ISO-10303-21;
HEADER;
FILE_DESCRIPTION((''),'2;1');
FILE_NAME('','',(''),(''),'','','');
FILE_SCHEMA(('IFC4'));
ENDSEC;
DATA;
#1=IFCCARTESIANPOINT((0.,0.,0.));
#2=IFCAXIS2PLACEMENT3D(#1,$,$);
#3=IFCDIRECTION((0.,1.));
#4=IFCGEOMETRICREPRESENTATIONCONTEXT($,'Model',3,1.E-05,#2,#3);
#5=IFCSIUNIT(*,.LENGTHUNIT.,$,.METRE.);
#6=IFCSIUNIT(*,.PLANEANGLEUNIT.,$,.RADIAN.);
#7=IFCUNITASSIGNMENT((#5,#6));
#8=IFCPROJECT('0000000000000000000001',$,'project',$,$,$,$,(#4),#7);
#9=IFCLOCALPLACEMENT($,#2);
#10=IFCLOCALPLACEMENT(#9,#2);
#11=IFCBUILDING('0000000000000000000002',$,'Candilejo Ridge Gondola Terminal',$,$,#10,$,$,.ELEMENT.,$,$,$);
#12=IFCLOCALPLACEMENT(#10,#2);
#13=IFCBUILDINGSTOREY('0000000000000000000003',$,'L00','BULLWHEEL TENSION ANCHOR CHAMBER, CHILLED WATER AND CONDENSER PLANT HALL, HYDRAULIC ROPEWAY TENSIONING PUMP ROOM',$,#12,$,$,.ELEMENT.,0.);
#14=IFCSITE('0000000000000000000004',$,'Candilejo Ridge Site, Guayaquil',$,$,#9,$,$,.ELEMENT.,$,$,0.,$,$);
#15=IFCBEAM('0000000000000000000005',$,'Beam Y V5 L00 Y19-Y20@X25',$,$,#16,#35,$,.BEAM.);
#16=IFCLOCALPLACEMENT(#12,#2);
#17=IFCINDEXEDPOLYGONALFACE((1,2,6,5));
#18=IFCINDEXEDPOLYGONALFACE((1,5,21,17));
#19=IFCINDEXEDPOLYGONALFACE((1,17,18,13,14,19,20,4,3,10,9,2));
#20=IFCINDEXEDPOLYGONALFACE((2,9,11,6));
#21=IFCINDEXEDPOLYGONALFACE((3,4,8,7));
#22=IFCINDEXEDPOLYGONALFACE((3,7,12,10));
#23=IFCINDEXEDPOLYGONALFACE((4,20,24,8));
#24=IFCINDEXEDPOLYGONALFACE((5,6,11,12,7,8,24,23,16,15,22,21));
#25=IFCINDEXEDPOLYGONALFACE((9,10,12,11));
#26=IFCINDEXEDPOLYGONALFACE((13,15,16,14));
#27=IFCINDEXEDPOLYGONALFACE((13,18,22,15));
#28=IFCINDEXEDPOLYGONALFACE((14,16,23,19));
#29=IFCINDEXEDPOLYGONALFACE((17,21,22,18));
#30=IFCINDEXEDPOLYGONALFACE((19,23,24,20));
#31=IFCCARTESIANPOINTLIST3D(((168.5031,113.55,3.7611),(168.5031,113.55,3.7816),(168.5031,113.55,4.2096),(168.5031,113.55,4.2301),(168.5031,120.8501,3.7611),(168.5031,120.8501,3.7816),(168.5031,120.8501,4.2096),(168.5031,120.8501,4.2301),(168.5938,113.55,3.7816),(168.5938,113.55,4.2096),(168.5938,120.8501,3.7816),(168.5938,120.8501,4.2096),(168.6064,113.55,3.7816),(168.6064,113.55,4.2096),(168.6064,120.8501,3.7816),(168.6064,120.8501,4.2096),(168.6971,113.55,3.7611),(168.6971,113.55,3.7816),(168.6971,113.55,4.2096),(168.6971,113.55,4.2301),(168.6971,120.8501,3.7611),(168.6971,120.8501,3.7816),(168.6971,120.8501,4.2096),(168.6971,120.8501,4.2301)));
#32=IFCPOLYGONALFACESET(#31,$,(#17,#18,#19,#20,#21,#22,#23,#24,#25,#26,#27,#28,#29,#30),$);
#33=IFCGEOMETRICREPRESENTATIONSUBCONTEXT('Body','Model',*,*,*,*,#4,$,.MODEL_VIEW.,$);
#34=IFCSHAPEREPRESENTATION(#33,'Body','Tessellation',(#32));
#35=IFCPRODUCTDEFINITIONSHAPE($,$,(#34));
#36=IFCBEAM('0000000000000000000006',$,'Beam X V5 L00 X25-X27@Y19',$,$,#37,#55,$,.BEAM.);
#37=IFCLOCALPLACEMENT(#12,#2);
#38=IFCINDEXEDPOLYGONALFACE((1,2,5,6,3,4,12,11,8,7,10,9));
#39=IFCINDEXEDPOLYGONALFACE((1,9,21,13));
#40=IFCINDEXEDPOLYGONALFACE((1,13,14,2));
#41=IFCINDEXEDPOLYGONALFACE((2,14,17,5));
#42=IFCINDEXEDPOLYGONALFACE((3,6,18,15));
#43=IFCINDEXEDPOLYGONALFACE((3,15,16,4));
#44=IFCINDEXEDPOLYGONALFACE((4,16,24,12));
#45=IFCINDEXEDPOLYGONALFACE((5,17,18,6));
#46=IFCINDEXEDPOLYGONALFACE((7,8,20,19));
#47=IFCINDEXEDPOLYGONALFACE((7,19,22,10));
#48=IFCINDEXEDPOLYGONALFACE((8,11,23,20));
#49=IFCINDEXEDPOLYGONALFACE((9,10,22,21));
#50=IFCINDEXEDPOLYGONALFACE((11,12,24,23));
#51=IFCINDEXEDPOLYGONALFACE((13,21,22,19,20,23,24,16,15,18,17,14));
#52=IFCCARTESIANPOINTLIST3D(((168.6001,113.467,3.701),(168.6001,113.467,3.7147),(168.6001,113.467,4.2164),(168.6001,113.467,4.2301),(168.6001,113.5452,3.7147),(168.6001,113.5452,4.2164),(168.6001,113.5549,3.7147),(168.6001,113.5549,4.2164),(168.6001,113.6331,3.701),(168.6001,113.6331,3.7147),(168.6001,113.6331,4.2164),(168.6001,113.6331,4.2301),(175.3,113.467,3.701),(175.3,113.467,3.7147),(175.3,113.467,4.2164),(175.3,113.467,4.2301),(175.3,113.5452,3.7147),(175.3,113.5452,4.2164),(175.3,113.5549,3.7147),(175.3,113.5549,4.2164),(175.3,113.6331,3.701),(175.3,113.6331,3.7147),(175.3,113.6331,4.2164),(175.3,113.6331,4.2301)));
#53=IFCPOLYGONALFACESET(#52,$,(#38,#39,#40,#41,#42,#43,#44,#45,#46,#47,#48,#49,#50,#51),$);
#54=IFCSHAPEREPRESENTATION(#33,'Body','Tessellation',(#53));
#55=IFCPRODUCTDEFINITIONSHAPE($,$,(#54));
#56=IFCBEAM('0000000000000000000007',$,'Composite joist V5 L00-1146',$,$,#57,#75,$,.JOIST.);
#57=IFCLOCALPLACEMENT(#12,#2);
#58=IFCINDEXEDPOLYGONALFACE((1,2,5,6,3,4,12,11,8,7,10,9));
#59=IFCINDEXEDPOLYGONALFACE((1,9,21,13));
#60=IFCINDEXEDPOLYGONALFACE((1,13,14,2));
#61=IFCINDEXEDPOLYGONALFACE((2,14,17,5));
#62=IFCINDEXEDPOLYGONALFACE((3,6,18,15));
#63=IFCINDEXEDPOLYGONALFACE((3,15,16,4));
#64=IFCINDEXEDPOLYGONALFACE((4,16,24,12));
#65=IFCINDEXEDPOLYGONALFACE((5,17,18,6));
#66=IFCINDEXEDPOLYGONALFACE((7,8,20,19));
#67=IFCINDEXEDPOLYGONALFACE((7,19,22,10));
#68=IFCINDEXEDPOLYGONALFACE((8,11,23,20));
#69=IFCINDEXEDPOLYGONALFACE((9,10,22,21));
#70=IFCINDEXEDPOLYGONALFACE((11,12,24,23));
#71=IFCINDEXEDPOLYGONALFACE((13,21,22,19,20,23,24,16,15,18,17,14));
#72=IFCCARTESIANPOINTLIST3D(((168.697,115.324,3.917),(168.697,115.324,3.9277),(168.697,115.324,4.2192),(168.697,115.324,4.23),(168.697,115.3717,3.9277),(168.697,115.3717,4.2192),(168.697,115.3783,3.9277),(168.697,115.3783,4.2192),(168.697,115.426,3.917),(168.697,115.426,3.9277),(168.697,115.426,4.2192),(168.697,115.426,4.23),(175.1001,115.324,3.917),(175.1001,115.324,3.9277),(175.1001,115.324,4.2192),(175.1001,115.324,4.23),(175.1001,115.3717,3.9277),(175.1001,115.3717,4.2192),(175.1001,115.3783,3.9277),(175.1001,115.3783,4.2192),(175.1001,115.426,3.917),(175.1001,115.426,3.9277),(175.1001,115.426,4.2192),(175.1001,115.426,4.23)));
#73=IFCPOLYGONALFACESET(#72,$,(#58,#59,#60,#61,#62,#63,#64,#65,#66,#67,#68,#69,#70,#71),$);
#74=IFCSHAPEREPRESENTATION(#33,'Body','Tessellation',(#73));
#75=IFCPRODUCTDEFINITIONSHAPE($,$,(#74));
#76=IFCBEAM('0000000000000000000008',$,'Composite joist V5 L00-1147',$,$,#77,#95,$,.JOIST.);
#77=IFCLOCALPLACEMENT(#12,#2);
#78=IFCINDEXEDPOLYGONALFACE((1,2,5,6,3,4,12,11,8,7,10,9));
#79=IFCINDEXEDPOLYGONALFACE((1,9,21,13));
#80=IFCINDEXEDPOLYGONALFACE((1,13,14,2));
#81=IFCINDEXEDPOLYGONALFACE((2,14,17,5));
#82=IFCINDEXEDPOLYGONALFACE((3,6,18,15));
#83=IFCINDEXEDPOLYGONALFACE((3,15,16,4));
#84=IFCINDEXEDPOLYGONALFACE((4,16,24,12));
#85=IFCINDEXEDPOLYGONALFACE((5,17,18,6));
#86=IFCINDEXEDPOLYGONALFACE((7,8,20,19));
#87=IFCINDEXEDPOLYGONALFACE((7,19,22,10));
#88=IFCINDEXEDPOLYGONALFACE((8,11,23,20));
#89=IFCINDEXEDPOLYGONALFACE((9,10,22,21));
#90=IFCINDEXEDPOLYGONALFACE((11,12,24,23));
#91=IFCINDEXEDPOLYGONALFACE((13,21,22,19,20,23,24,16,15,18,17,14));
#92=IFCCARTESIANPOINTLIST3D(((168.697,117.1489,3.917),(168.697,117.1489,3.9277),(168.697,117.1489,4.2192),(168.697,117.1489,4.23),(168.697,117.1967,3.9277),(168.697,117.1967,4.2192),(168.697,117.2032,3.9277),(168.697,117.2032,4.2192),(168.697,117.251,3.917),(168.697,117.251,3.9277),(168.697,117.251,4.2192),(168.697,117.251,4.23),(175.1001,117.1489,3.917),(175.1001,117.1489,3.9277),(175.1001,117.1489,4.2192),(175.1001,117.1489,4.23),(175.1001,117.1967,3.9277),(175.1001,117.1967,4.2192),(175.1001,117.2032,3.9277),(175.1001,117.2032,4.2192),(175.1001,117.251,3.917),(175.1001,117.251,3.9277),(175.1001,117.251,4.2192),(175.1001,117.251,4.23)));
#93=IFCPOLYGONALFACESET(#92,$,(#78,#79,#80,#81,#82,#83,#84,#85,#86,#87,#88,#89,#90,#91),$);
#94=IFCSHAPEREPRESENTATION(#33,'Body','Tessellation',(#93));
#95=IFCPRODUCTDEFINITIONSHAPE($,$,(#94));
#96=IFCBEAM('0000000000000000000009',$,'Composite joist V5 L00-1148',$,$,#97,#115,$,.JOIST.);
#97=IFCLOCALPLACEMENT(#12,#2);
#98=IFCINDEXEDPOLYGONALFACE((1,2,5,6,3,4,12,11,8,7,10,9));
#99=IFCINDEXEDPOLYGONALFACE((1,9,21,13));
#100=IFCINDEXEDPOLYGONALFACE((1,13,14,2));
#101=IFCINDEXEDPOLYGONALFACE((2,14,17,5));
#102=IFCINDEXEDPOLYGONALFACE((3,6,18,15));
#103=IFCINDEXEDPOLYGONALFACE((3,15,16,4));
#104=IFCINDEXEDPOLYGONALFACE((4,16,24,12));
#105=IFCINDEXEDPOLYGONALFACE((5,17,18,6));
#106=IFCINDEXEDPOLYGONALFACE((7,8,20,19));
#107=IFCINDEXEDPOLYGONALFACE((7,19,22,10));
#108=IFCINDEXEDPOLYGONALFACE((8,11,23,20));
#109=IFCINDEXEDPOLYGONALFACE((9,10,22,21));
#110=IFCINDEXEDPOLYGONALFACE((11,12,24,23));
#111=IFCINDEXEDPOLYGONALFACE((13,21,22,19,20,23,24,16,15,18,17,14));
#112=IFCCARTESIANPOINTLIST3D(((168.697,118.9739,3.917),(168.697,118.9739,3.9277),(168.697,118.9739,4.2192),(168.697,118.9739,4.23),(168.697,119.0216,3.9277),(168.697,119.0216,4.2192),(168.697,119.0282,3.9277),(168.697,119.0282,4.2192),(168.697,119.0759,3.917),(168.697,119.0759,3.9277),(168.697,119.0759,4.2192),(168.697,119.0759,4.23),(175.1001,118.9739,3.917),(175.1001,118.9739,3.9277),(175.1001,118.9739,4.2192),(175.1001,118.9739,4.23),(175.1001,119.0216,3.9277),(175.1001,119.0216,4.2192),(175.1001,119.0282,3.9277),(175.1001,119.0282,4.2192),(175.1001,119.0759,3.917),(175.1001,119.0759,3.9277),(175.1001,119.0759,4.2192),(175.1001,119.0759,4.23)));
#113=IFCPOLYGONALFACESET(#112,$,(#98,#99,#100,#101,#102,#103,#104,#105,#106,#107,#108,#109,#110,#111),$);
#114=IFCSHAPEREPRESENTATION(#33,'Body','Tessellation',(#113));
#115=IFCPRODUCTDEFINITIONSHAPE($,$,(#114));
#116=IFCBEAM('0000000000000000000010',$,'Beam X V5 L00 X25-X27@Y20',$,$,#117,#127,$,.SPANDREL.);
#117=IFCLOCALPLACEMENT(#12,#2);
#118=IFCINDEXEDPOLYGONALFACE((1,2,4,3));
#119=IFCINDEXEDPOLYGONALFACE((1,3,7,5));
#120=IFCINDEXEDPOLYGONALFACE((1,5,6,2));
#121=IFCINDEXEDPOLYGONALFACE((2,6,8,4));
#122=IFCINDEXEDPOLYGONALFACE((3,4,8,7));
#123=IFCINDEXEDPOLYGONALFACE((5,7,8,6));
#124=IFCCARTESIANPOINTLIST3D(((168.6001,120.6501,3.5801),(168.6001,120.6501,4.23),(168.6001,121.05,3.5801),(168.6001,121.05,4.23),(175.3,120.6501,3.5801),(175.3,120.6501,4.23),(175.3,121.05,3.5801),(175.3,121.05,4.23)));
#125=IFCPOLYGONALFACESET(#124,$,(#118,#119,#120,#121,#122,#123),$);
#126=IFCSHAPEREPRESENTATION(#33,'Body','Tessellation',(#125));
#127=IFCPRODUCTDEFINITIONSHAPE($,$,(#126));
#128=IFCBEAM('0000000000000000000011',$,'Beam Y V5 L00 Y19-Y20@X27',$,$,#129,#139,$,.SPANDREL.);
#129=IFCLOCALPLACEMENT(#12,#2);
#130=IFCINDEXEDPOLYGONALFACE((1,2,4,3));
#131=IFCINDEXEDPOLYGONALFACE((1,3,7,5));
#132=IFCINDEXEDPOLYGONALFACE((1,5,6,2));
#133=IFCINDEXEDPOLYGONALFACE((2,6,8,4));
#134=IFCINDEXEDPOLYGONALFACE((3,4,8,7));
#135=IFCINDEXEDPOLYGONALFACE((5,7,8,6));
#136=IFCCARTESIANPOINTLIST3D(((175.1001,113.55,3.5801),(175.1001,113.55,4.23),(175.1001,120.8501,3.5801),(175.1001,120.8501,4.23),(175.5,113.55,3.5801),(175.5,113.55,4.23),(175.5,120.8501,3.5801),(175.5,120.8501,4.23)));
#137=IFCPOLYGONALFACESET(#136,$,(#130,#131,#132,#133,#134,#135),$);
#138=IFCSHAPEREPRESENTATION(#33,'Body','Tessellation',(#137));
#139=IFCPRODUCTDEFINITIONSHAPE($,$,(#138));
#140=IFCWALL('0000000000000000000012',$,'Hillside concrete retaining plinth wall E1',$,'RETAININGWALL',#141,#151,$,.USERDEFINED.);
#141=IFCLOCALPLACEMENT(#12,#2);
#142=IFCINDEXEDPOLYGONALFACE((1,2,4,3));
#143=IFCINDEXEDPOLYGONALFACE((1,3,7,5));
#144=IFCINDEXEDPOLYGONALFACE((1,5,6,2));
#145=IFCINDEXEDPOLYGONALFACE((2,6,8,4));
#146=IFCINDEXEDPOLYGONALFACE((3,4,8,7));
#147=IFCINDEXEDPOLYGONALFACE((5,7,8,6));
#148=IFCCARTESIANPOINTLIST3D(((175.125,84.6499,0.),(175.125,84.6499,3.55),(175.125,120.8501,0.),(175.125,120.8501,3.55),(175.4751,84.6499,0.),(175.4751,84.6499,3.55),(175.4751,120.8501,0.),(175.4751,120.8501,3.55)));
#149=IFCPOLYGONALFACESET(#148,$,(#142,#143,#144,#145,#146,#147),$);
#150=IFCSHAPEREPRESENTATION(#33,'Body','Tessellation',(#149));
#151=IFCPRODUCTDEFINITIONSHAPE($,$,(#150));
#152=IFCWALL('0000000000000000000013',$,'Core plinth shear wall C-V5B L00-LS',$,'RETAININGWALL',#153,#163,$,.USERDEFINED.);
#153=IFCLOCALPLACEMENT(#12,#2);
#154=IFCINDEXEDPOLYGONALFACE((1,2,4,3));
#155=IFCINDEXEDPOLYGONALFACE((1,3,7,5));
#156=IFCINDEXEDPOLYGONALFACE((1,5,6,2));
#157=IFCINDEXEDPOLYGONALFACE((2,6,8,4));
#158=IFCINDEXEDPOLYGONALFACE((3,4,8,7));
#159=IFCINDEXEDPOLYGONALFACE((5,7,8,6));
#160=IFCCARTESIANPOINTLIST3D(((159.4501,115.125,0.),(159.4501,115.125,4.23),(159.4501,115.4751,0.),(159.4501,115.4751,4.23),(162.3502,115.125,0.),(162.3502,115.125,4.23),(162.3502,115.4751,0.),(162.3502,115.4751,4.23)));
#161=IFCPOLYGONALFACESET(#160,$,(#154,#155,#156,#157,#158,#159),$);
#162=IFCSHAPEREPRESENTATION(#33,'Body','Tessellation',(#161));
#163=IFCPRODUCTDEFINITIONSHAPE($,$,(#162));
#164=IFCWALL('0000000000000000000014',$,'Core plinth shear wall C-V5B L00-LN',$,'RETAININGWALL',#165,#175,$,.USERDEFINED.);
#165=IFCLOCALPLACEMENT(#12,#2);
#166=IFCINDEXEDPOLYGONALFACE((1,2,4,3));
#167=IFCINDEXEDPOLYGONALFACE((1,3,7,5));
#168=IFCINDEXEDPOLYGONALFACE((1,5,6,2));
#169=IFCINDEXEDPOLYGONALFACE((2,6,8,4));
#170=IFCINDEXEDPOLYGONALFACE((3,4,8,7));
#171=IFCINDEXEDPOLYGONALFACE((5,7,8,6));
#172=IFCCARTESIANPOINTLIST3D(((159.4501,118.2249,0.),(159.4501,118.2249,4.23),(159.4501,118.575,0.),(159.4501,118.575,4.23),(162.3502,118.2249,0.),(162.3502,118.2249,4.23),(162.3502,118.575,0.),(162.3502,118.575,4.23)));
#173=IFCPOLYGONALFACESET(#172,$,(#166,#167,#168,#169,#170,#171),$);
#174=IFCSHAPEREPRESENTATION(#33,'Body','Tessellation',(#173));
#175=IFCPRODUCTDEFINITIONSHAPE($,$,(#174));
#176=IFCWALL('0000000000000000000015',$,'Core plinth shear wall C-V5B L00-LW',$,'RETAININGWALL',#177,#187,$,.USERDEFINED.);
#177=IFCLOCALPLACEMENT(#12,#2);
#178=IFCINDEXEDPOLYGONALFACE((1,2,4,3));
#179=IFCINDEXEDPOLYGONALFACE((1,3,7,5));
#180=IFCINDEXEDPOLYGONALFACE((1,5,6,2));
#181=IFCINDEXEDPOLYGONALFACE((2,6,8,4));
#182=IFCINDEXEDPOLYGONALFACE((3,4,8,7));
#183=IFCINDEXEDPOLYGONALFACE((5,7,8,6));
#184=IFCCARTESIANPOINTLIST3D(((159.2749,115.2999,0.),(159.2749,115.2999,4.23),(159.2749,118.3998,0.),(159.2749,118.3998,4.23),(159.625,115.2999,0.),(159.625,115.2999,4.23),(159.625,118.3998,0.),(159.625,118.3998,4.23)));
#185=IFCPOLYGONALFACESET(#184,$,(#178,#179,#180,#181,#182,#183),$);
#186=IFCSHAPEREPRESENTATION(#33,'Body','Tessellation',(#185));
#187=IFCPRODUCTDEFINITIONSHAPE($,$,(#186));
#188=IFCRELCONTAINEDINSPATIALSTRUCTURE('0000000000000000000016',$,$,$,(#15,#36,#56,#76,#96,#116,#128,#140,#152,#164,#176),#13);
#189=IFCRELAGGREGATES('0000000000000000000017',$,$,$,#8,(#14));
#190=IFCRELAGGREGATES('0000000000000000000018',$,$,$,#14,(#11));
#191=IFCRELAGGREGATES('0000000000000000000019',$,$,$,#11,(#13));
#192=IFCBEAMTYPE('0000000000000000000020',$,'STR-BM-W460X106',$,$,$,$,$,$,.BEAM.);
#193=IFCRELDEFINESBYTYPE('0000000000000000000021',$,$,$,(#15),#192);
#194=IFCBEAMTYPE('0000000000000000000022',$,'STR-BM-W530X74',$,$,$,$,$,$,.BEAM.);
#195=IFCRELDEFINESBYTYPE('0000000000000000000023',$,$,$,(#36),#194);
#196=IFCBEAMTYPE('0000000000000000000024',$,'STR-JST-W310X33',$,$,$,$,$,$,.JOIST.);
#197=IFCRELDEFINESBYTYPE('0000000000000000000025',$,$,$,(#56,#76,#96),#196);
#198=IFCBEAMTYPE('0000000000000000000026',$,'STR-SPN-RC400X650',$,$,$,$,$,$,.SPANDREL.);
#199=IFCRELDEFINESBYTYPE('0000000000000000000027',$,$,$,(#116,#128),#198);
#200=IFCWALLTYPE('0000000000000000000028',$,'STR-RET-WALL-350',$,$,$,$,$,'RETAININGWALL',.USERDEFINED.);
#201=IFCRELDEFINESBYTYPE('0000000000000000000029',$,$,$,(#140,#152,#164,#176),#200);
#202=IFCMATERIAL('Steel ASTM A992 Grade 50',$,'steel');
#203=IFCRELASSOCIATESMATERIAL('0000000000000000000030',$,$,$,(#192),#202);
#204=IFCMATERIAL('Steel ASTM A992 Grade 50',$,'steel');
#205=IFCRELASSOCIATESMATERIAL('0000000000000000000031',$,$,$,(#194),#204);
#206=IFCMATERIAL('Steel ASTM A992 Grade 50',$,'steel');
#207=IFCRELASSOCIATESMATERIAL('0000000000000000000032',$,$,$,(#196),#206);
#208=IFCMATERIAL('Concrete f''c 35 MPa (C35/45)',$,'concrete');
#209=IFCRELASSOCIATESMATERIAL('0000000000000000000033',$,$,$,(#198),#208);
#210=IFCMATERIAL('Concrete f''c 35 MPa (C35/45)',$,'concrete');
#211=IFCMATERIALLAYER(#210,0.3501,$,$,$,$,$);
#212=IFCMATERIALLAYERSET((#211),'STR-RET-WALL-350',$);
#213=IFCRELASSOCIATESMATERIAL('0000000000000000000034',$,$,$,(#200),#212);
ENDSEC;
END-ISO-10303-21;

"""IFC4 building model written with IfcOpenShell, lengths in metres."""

from ifc_helpers import new_model, si_unit, direction, frame, frame_2d, origin, origin_2d, place, context, subcontext, project, spatial, rectangle, i_section, extrude, material, layer, layer_set, material_profile, profile_set, type_object, element, save


model = new_model("IFC4")

# Units and contexts
model_context = context("Model", 3, precision=1e-05, world=origin(), true_north=direction((0.0, 1.0)))
body_context = subcontext(model_context, "Body", "Model", "MODEL_VIEW")
ifc_project = project(units=[si_unit("LENGTHUNIT", "METRE"), si_unit("PLANEANGLEUNIT", "RADIAN")], contexts=[model_context])

# Site, building, storey
site_placement = place(None, origin())
site = spatial("IfcSite", under=ifc_project, at=site_placement, Name="Candilejo Ridge Site, Guayaquil", CompositionType="ELEMENT", RefElevation=0.0)
building_placement = place(site_placement, origin())
building = spatial("IfcBuilding", under=site, at=building_placement, Name="Candilejo Ridge Gondola Terminal", CompositionType="ELEMENT")
storey_placement = place(building_placement, origin())
storey = spatial("IfcBuildingStorey", under=building, at=storey_placement, Name="L00", Description="BULLWHEEL TENSION ANCHOR CHAMBER, CHILLED WATER AND CONDENSER PLANT HALL, HYDRAULIC ROPEWAY TENSIONING PUMP ROOM", CompositionType="ELEMENT", Elevation=0.0)

# Beams
ifc_material_1 = material(Name="Steel ASTM A992 Grade 50", Category="steel")
ifc_material_profile_1 = material_profile(ifc_material_1, i_section(OverallWidth=0.1941, OverallDepth=0.469, WebThickness=0.0127, FlangeThickness=0.0205, at=origin_2d()))
ifc_profile_set_1 = profile_set([ifc_material_profile_1], Name="Steel ASTM A992 Grade 50")
beam_type_1 = type_object("IfcBeamType", Name="STR-BM-W460X106", PredefinedType="BEAM", material=ifc_profile_set_1)
beam_1_placement = place(storey_placement, frame((168.6001, 113.55, 3.9956), z_axis=(0.0, 1.0, 0.0), x_axis=(-1.0, 0.0, 0.0)))
element("IfcBeam", 1, at=beam_1_placement, inside=storey, type_object=beam_type_1, Name="Beam Y V5 L00 Y19-Y20@X25", PredefinedType="BEAM", context=body_context, shape_type="SweptSolid", body=[
    extrude(i_section(OverallWidth=0.1941, OverallDepth=0.469, WebThickness=0.0127, FlangeThickness=0.0205, at=origin_2d()), origin(), (0.0, 0.0, 1.0), 7.3),
])
ifc_material_2 = material(Name="Steel ASTM A992 Grade 50", Category="steel")
ifc_material_profile_2 = material_profile(ifc_material_2, i_section(OverallWidth=0.166, OverallDepth=0.5291, WebThickness=0.0098, FlangeThickness=0.0137, at=origin_2d()))
ifc_profile_set_2 = profile_set([ifc_material_profile_2], Name="Steel ASTM A992 Grade 50")
beam_type_2 = type_object("IfcBeamType", Name="STR-BM-W530X74", PredefinedType="BEAM", material=ifc_profile_set_2)
beam_2_placement = place(storey_placement, frame((168.6001, 113.55, 3.9656), z_axis=(1.0, 0.0, 0.0), x_axis=(0.0, 1.0, 0.0)))
element("IfcBeam", 2, at=beam_2_placement, inside=storey, type_object=beam_type_2, Name="Beam X V5 L00 X25-X27@Y19", PredefinedType="BEAM", context=body_context, shape_type="SweptSolid", body=[
    extrude(i_section(OverallWidth=0.166, OverallDepth=0.5291, WebThickness=0.0098, FlangeThickness=0.0137, at=origin_2d()), origin(), (0.0, 0.0, 1.0), 6.7),
])
ifc_material_3 = material(Name="Steel ASTM A992 Grade 50", Category="steel")
ifc_material_profile_3 = material_profile(ifc_material_3, i_section(OverallWidth=0.1021, OverallDepth=0.313, WebThickness=0.0066, FlangeThickness=0.0107, at=origin_2d()))
ifc_profile_set_3 = profile_set([ifc_material_profile_3], Name="Steel ASTM A992 Grade 50")
beam_type_3 = type_object("IfcBeamType", Name="STR-JST-W310X33", PredefinedType="JOIST", material=ifc_profile_set_3)
for number, where, z_axis, x_axis, name in (
    (3, (168.697, 115.375, 4.0735), (1.0, 0.0, 0.0), (0.0, 1.0, 0.0), "Composite joist V5 L00-1146"),
    (4, (168.697, 117.2, 4.0735), (1.0, 0.0, 0.0), (0.0, 1.0, 0.0), "Composite joist V5 L00-1147"),
    (5, (168.697, 119.0249, 4.0735), (1.0, 0.0, 0.0), (0.0, 1.0, 0.0), "Composite joist V5 L00-1148"),
):
    element("IfcBeam", number, at=place(storey_placement, frame(where, z_axis=z_axis, x_axis=x_axis)), inside=storey, type_object=beam_type_3, Name=name, PredefinedType="JOIST", context=body_context, shape_type="SweptSolid", body=[
        extrude(i_section(OverallWidth=0.1021, OverallDepth=0.313, WebThickness=0.0066, FlangeThickness=0.0107, at=origin_2d()), origin(), (0.0, 0.0, 1.0), 6.4031),
    ])
ifc_material_4 = material(Name="Concrete f'c 35 MPa (C35/45)", Category="concrete")
ifc_material_profile_4 = material_profile(ifc_material_4, rectangle(XDim=0.3999, YDim=0.6499, at=origin_2d()))
ifc_profile_set_4 = profile_set([ifc_material_profile_4], Name="Concrete f'c 35 MPa (C35/45)")
beam_type_4 = type_object("IfcBeamType", Name="STR-SPN-RC400X650", PredefinedType="SPANDREL", material=ifc_profile_set_4)
beam_3_placement = place(storey_placement, frame((168.6001, 120.8501, 3.905), z_axis=(1.0, 0.0, 0.0), x_axis=(0.0, 1.0, 0.0)))
element("IfcBeam", 6, at=beam_3_placement, inside=storey, type_object=beam_type_4, Name="Beam X V5 L00 X25-X27@Y20", PredefinedType="SPANDREL", context=body_context, shape_type="SweptSolid", body=[
    extrude(rectangle(XDim=0.3999, YDim=0.6499, at=origin_2d()), origin(), (0.0, 0.0, 1.0), 6.7),
])
beam_4_placement = place(storey_placement, frame((175.3, 113.55, 3.905), z_axis=(0.0, 1.0, 0.0), x_axis=(-1.0, 0.0, 0.0)))
element("IfcBeam", 7, at=beam_4_placement, inside=storey, type_object=beam_type_4, Name="Beam Y V5 L00 Y19-Y20@X27", PredefinedType="SPANDREL", context=body_context, shape_type="SweptSolid", body=[
    extrude(rectangle(XDim=0.3999, YDim=0.6499, at=origin_2d()), origin(), (0.0, 0.0, 1.0), 7.3),
])

# Walls
ifc_material_5 = material(Name="Concrete f'c 35 MPa (C35/45)", Category="concrete")
ifc_layer = layer(ifc_material_5, 0.3501)
ifc_layer_set = layer_set([ifc_layer], Name="STR-RET-WALL-350")
wall_type = type_object("IfcWallType", Name="STR-RET-WALL-350", ElementType="RETAININGWALL", PredefinedType="USERDEFINED", material=ifc_layer_set)
wall_placement = place(storey_placement, frame((175.3, 120.8501, 0.0), z_axis=(0.0, 0.0, 1.0), x_axis=(0.0, -1.0, 0.0)))
element("IfcWall", 8, at=wall_placement, inside=storey, type_object=wall_type, Name="Hillside concrete retaining plinth wall E1", ObjectType="RETAININGWALL", PredefinedType="USERDEFINED", context=body_context, shape_type="SweptSolid", body=[
    extrude(rectangle(XDim=36.2002, YDim=0.3501, at=frame_2d((18.1001, 0.0))), origin(), (0.0, 0.0, 1.0), 3.55),
])
for number, where, z_axis, x_axis, name in (
    (9, (159.45, 115.3, 0.0), (0.0, 0.0, 1.0), (1.0, 0.0, 0.0), "Core plinth shear wall C-V5B L00-LS"),
    (10, (159.45, 118.3999, 0.0), (0.0, 0.0, 1.0), (1.0, 0.0, 0.0), "Core plinth shear wall C-V5B L00-LN"),
):
    element("IfcWall", number, at=place(storey_placement, frame(where, z_axis=z_axis, x_axis=x_axis)), inside=storey, type_object=wall_type, Name=name, ObjectType="RETAININGWALL", PredefinedType="USERDEFINED", context=body_context, shape_type="SweptSolid", body=[
        extrude(rectangle(XDim=2.9001, YDim=0.3501, at=frame_2d((1.4502, 0.0))), origin(), (0.0, 0.0, 1.0), 4.23),
    ])
for number, where, z_axis, x_axis, name in (
    (11, (159.45, 115.3, 0.0), (0.0, 0.0, 1.0), (0.0, 1.0, 0.0), "Core plinth shear wall C-V5B L00-LW"),
):
    element("IfcWall", number, at=place(storey_placement, frame(where, z_axis=z_axis, x_axis=x_axis)), inside=storey, type_object=wall_type, Name=name, ObjectType="RETAININGWALL", PredefinedType="USERDEFINED", context=body_context, shape_type="SweptSolid", body=[
        extrude(rectangle(XDim=3.0999, YDim=0.3501, at=frame_2d((1.5498, 0.0))), origin(), (0.0, 0.0, 1.0), 4.23),
    ])

save(model, "model.ifc")
